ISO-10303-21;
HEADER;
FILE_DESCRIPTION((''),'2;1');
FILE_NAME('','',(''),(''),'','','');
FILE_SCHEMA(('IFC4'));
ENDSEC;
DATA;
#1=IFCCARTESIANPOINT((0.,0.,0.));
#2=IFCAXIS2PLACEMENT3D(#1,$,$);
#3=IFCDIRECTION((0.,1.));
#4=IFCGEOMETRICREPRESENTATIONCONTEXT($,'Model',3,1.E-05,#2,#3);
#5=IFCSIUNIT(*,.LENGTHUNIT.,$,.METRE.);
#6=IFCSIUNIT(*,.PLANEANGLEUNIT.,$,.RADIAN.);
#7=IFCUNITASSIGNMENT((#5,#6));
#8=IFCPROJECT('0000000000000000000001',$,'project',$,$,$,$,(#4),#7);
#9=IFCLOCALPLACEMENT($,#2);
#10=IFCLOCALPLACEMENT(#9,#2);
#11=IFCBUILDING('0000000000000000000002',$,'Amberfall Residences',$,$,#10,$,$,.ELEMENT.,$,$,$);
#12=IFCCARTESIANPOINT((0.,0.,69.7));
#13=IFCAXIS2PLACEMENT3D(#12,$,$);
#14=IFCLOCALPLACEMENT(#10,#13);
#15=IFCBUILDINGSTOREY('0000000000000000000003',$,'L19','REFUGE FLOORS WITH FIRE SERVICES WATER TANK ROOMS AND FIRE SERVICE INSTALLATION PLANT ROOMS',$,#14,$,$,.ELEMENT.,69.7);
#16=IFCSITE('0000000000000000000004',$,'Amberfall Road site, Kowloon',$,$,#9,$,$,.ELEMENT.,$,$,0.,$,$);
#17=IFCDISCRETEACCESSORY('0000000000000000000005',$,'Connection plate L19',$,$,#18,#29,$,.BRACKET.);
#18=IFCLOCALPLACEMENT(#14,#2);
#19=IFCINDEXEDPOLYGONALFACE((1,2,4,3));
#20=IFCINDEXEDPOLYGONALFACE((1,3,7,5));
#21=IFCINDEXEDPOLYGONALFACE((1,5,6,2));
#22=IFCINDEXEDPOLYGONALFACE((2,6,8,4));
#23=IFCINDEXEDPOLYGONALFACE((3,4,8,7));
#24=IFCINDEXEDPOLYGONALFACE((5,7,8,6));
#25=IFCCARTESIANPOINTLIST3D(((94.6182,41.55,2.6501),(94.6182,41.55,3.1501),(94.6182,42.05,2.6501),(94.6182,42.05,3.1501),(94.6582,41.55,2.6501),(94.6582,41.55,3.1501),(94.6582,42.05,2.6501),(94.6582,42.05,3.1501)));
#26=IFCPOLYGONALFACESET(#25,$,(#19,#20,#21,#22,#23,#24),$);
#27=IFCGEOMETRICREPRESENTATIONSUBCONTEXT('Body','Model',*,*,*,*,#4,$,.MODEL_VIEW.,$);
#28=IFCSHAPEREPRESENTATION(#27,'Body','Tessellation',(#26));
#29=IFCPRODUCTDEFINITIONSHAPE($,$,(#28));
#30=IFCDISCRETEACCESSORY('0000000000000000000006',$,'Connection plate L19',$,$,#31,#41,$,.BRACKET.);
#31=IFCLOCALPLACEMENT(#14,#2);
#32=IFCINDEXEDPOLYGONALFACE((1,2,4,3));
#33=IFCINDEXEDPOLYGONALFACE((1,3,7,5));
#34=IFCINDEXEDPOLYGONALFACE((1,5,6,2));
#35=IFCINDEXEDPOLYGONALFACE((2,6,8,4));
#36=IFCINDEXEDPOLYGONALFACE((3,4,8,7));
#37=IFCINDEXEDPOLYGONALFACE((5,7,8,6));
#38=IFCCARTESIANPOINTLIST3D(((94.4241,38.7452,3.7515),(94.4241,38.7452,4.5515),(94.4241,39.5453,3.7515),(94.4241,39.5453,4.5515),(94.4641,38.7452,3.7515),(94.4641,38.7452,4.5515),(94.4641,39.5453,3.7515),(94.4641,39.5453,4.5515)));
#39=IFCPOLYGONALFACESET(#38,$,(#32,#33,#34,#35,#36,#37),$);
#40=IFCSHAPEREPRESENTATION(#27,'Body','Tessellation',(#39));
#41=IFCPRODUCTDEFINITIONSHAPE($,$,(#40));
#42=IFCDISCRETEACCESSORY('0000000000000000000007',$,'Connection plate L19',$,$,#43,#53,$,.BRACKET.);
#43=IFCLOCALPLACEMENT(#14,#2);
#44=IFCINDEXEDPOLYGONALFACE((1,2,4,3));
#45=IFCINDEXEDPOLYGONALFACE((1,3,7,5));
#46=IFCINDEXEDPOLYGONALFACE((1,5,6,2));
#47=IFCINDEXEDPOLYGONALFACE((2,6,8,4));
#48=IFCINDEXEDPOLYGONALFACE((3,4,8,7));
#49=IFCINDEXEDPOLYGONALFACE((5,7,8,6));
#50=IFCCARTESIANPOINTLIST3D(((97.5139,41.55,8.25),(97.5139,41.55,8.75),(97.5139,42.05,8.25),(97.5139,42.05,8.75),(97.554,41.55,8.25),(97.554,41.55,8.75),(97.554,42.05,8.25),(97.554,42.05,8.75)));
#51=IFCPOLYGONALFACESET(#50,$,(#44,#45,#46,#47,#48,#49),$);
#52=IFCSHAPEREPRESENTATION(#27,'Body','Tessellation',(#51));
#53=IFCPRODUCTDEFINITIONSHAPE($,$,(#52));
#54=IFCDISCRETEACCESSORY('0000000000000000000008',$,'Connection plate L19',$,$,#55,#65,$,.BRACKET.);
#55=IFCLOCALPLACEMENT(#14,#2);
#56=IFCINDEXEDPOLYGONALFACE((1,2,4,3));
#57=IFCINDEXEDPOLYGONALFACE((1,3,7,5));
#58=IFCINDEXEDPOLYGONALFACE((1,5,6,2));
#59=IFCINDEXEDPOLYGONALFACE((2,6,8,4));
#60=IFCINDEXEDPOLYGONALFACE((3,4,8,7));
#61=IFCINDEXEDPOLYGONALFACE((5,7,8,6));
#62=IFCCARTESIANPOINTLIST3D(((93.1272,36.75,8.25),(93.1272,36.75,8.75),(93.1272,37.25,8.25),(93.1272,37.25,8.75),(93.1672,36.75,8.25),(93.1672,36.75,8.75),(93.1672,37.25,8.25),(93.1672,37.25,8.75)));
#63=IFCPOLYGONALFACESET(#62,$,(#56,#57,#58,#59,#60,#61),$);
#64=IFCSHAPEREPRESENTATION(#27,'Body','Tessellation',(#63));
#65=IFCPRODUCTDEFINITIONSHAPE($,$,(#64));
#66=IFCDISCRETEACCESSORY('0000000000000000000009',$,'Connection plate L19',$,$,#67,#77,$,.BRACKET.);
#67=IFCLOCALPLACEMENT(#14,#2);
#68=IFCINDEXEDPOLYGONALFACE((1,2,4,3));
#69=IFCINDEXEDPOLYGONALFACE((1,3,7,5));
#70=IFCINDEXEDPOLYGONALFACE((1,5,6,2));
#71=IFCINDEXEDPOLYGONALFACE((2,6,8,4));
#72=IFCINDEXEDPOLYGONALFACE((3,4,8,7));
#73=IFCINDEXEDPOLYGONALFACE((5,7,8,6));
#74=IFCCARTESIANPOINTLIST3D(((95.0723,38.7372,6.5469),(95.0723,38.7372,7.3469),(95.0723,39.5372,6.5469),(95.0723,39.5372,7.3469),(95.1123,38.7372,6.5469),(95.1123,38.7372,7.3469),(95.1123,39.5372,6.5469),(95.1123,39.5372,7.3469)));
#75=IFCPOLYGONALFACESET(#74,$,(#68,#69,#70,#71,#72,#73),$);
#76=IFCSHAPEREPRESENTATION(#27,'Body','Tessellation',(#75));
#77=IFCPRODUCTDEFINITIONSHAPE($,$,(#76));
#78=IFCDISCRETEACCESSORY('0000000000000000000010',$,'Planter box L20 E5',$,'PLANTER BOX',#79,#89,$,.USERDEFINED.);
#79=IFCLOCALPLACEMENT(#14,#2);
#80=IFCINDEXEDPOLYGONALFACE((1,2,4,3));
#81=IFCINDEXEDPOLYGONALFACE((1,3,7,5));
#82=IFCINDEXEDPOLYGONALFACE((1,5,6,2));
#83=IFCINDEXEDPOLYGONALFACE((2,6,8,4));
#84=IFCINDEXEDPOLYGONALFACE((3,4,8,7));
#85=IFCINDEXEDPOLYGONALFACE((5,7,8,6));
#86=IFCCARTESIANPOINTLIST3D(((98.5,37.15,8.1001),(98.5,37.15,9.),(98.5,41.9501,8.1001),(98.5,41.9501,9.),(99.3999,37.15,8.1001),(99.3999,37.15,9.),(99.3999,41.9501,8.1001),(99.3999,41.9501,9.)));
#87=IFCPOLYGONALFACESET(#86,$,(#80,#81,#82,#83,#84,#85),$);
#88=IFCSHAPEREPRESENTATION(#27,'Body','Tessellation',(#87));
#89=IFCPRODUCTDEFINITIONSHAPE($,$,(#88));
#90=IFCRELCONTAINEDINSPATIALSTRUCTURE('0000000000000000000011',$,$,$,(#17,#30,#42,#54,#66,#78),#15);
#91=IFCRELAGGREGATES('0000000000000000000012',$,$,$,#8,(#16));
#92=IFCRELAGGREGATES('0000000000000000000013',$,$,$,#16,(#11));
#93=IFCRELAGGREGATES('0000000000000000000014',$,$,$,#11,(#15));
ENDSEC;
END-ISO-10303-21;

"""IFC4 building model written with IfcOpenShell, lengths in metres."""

from ifc_helpers import new_model, si_unit, direction, frame, origin, origin_2d, place, context, subcontext, project, spatial, rectangle, extrude, element, save


model = new_model("IFC4")

# Units and contexts
model_context = context("Model", 3, precision=1e-05, world=origin(), true_north=direction((0.0, 1.0)))
body_context = subcontext(model_context, "Body", "Model", "MODEL_VIEW")
ifc_project = project(units=[si_unit("LENGTHUNIT", "METRE"), si_unit("PLANEANGLEUNIT", "RADIAN")], contexts=[model_context])

# Site, building, storey
site_placement = place(None, origin())
site = spatial("IfcSite", under=ifc_project, at=site_placement, Name="Amberfall Road site, Kowloon", CompositionType="ELEMENT", RefElevation=0.0)
building_placement = place(site_placement, origin())
building = spatial("IfcBuilding", under=site, at=building_placement, Name="Amberfall Residences", CompositionType="ELEMENT")
storey_placement = place(building_placement, frame((0.0, 0.0, 69.7)))
storey = spatial("IfcBuildingStorey", under=building, at=storey_placement, Name="L19", Description="REFUGE FLOORS WITH FIRE SERVICES WATER TANK ROOMS AND FIRE SERVICE INSTALLATION PLANT ROOMS", CompositionType="ELEMENT", Elevation=69.7)

# Discrete accessories
for number, where, z_axis, x_axis, name in (
    (1, (94.6382, 41.8, 2.6501), (0.0, 0.0, 1.0), (0.0, 1.0, 0.0), "Connection plate L19"),
):
    element("IfcDiscreteAccessory", number, at=place(storey_placement, frame(where, z_axis=z_axis, x_axis=x_axis)), inside=storey, Name=name, PredefinedType="BRACKET", context=body_context, shape_type="SweptSolid", body=[
        extrude(rectangle(XDim=0.5, YDim=0.04, at=origin_2d()), origin(), (0.0, 0.0, 1.0), 0.5),
    ])
discrete_accessory_1_placement = place(storey_placement, frame((94.4441, 39.1453, 3.7515), z_axis=(0.0, 0.0, 1.0), x_axis=(0.0, 1.0, 0.0)))
element("IfcDiscreteAccessory", 2, at=discrete_accessory_1_placement, inside=storey, Name="Connection plate L19", PredefinedType="BRACKET", context=body_context, shape_type="SweptSolid", body=[
    extrude(rectangle(XDim=0.8, YDim=0.04, at=origin_2d()), origin(), (0.0, 0.0, 1.0), 0.8),
])
for number, where, z_axis, x_axis, name in (
    (3, (97.5339, 41.8, 8.25), (0.0, 0.0, 1.0), (0.0, 1.0, 0.0), "Connection plate L19"),
    (4, (93.1472, 37.0, 8.25), (0.0, 0.0, 1.0), (0.0, 1.0, 0.0), "Connection plate L19"),
):
    element("IfcDiscreteAccessory", number, at=place(storey_placement, frame(where, z_axis=z_axis, x_axis=x_axis)), inside=storey, Name=name, PredefinedType="BRACKET", context=body_context, shape_type="SweptSolid", body=[
        extrude(rectangle(XDim=0.5, YDim=0.04, at=origin_2d()), origin(), (0.0, 0.0, 1.0), 0.5),
    ])
discrete_accessory_2_placement = place(storey_placement, frame((95.0923, 39.1372, 6.5469), z_axis=(0.0, 0.0, 1.0), x_axis=(0.0, 1.0, 0.0)))
element("IfcDiscreteAccessory", 5, at=discrete_accessory_2_placement, inside=storey, Name="Connection plate L19", PredefinedType="BRACKET", context=body_context, shape_type="SweptSolid", body=[
    extrude(rectangle(XDim=0.8, YDim=0.04, at=origin_2d()), origin(), (0.0, 0.0, 1.0), 0.8),
])
discrete_accessory_3_placement = place(storey_placement, frame((98.95, 39.55, 8.1001), z_axis=(0.0, 0.0, 1.0), x_axis=(0.0, 1.0, 0.0)))
element("IfcDiscreteAccessory", 6, at=discrete_accessory_3_placement, inside=storey, Name="Planter box L20 E5", ObjectType="PLANTER BOX", PredefinedType="USERDEFINED", context=body_context, shape_type="SweptSolid", body=[
    extrude(rectangle(XDim=4.8, YDim=0.8999, at=origin_2d()), origin(), (0.0, 0.0, 1.0), 0.8999),
])

save(model, "model.ifc")
